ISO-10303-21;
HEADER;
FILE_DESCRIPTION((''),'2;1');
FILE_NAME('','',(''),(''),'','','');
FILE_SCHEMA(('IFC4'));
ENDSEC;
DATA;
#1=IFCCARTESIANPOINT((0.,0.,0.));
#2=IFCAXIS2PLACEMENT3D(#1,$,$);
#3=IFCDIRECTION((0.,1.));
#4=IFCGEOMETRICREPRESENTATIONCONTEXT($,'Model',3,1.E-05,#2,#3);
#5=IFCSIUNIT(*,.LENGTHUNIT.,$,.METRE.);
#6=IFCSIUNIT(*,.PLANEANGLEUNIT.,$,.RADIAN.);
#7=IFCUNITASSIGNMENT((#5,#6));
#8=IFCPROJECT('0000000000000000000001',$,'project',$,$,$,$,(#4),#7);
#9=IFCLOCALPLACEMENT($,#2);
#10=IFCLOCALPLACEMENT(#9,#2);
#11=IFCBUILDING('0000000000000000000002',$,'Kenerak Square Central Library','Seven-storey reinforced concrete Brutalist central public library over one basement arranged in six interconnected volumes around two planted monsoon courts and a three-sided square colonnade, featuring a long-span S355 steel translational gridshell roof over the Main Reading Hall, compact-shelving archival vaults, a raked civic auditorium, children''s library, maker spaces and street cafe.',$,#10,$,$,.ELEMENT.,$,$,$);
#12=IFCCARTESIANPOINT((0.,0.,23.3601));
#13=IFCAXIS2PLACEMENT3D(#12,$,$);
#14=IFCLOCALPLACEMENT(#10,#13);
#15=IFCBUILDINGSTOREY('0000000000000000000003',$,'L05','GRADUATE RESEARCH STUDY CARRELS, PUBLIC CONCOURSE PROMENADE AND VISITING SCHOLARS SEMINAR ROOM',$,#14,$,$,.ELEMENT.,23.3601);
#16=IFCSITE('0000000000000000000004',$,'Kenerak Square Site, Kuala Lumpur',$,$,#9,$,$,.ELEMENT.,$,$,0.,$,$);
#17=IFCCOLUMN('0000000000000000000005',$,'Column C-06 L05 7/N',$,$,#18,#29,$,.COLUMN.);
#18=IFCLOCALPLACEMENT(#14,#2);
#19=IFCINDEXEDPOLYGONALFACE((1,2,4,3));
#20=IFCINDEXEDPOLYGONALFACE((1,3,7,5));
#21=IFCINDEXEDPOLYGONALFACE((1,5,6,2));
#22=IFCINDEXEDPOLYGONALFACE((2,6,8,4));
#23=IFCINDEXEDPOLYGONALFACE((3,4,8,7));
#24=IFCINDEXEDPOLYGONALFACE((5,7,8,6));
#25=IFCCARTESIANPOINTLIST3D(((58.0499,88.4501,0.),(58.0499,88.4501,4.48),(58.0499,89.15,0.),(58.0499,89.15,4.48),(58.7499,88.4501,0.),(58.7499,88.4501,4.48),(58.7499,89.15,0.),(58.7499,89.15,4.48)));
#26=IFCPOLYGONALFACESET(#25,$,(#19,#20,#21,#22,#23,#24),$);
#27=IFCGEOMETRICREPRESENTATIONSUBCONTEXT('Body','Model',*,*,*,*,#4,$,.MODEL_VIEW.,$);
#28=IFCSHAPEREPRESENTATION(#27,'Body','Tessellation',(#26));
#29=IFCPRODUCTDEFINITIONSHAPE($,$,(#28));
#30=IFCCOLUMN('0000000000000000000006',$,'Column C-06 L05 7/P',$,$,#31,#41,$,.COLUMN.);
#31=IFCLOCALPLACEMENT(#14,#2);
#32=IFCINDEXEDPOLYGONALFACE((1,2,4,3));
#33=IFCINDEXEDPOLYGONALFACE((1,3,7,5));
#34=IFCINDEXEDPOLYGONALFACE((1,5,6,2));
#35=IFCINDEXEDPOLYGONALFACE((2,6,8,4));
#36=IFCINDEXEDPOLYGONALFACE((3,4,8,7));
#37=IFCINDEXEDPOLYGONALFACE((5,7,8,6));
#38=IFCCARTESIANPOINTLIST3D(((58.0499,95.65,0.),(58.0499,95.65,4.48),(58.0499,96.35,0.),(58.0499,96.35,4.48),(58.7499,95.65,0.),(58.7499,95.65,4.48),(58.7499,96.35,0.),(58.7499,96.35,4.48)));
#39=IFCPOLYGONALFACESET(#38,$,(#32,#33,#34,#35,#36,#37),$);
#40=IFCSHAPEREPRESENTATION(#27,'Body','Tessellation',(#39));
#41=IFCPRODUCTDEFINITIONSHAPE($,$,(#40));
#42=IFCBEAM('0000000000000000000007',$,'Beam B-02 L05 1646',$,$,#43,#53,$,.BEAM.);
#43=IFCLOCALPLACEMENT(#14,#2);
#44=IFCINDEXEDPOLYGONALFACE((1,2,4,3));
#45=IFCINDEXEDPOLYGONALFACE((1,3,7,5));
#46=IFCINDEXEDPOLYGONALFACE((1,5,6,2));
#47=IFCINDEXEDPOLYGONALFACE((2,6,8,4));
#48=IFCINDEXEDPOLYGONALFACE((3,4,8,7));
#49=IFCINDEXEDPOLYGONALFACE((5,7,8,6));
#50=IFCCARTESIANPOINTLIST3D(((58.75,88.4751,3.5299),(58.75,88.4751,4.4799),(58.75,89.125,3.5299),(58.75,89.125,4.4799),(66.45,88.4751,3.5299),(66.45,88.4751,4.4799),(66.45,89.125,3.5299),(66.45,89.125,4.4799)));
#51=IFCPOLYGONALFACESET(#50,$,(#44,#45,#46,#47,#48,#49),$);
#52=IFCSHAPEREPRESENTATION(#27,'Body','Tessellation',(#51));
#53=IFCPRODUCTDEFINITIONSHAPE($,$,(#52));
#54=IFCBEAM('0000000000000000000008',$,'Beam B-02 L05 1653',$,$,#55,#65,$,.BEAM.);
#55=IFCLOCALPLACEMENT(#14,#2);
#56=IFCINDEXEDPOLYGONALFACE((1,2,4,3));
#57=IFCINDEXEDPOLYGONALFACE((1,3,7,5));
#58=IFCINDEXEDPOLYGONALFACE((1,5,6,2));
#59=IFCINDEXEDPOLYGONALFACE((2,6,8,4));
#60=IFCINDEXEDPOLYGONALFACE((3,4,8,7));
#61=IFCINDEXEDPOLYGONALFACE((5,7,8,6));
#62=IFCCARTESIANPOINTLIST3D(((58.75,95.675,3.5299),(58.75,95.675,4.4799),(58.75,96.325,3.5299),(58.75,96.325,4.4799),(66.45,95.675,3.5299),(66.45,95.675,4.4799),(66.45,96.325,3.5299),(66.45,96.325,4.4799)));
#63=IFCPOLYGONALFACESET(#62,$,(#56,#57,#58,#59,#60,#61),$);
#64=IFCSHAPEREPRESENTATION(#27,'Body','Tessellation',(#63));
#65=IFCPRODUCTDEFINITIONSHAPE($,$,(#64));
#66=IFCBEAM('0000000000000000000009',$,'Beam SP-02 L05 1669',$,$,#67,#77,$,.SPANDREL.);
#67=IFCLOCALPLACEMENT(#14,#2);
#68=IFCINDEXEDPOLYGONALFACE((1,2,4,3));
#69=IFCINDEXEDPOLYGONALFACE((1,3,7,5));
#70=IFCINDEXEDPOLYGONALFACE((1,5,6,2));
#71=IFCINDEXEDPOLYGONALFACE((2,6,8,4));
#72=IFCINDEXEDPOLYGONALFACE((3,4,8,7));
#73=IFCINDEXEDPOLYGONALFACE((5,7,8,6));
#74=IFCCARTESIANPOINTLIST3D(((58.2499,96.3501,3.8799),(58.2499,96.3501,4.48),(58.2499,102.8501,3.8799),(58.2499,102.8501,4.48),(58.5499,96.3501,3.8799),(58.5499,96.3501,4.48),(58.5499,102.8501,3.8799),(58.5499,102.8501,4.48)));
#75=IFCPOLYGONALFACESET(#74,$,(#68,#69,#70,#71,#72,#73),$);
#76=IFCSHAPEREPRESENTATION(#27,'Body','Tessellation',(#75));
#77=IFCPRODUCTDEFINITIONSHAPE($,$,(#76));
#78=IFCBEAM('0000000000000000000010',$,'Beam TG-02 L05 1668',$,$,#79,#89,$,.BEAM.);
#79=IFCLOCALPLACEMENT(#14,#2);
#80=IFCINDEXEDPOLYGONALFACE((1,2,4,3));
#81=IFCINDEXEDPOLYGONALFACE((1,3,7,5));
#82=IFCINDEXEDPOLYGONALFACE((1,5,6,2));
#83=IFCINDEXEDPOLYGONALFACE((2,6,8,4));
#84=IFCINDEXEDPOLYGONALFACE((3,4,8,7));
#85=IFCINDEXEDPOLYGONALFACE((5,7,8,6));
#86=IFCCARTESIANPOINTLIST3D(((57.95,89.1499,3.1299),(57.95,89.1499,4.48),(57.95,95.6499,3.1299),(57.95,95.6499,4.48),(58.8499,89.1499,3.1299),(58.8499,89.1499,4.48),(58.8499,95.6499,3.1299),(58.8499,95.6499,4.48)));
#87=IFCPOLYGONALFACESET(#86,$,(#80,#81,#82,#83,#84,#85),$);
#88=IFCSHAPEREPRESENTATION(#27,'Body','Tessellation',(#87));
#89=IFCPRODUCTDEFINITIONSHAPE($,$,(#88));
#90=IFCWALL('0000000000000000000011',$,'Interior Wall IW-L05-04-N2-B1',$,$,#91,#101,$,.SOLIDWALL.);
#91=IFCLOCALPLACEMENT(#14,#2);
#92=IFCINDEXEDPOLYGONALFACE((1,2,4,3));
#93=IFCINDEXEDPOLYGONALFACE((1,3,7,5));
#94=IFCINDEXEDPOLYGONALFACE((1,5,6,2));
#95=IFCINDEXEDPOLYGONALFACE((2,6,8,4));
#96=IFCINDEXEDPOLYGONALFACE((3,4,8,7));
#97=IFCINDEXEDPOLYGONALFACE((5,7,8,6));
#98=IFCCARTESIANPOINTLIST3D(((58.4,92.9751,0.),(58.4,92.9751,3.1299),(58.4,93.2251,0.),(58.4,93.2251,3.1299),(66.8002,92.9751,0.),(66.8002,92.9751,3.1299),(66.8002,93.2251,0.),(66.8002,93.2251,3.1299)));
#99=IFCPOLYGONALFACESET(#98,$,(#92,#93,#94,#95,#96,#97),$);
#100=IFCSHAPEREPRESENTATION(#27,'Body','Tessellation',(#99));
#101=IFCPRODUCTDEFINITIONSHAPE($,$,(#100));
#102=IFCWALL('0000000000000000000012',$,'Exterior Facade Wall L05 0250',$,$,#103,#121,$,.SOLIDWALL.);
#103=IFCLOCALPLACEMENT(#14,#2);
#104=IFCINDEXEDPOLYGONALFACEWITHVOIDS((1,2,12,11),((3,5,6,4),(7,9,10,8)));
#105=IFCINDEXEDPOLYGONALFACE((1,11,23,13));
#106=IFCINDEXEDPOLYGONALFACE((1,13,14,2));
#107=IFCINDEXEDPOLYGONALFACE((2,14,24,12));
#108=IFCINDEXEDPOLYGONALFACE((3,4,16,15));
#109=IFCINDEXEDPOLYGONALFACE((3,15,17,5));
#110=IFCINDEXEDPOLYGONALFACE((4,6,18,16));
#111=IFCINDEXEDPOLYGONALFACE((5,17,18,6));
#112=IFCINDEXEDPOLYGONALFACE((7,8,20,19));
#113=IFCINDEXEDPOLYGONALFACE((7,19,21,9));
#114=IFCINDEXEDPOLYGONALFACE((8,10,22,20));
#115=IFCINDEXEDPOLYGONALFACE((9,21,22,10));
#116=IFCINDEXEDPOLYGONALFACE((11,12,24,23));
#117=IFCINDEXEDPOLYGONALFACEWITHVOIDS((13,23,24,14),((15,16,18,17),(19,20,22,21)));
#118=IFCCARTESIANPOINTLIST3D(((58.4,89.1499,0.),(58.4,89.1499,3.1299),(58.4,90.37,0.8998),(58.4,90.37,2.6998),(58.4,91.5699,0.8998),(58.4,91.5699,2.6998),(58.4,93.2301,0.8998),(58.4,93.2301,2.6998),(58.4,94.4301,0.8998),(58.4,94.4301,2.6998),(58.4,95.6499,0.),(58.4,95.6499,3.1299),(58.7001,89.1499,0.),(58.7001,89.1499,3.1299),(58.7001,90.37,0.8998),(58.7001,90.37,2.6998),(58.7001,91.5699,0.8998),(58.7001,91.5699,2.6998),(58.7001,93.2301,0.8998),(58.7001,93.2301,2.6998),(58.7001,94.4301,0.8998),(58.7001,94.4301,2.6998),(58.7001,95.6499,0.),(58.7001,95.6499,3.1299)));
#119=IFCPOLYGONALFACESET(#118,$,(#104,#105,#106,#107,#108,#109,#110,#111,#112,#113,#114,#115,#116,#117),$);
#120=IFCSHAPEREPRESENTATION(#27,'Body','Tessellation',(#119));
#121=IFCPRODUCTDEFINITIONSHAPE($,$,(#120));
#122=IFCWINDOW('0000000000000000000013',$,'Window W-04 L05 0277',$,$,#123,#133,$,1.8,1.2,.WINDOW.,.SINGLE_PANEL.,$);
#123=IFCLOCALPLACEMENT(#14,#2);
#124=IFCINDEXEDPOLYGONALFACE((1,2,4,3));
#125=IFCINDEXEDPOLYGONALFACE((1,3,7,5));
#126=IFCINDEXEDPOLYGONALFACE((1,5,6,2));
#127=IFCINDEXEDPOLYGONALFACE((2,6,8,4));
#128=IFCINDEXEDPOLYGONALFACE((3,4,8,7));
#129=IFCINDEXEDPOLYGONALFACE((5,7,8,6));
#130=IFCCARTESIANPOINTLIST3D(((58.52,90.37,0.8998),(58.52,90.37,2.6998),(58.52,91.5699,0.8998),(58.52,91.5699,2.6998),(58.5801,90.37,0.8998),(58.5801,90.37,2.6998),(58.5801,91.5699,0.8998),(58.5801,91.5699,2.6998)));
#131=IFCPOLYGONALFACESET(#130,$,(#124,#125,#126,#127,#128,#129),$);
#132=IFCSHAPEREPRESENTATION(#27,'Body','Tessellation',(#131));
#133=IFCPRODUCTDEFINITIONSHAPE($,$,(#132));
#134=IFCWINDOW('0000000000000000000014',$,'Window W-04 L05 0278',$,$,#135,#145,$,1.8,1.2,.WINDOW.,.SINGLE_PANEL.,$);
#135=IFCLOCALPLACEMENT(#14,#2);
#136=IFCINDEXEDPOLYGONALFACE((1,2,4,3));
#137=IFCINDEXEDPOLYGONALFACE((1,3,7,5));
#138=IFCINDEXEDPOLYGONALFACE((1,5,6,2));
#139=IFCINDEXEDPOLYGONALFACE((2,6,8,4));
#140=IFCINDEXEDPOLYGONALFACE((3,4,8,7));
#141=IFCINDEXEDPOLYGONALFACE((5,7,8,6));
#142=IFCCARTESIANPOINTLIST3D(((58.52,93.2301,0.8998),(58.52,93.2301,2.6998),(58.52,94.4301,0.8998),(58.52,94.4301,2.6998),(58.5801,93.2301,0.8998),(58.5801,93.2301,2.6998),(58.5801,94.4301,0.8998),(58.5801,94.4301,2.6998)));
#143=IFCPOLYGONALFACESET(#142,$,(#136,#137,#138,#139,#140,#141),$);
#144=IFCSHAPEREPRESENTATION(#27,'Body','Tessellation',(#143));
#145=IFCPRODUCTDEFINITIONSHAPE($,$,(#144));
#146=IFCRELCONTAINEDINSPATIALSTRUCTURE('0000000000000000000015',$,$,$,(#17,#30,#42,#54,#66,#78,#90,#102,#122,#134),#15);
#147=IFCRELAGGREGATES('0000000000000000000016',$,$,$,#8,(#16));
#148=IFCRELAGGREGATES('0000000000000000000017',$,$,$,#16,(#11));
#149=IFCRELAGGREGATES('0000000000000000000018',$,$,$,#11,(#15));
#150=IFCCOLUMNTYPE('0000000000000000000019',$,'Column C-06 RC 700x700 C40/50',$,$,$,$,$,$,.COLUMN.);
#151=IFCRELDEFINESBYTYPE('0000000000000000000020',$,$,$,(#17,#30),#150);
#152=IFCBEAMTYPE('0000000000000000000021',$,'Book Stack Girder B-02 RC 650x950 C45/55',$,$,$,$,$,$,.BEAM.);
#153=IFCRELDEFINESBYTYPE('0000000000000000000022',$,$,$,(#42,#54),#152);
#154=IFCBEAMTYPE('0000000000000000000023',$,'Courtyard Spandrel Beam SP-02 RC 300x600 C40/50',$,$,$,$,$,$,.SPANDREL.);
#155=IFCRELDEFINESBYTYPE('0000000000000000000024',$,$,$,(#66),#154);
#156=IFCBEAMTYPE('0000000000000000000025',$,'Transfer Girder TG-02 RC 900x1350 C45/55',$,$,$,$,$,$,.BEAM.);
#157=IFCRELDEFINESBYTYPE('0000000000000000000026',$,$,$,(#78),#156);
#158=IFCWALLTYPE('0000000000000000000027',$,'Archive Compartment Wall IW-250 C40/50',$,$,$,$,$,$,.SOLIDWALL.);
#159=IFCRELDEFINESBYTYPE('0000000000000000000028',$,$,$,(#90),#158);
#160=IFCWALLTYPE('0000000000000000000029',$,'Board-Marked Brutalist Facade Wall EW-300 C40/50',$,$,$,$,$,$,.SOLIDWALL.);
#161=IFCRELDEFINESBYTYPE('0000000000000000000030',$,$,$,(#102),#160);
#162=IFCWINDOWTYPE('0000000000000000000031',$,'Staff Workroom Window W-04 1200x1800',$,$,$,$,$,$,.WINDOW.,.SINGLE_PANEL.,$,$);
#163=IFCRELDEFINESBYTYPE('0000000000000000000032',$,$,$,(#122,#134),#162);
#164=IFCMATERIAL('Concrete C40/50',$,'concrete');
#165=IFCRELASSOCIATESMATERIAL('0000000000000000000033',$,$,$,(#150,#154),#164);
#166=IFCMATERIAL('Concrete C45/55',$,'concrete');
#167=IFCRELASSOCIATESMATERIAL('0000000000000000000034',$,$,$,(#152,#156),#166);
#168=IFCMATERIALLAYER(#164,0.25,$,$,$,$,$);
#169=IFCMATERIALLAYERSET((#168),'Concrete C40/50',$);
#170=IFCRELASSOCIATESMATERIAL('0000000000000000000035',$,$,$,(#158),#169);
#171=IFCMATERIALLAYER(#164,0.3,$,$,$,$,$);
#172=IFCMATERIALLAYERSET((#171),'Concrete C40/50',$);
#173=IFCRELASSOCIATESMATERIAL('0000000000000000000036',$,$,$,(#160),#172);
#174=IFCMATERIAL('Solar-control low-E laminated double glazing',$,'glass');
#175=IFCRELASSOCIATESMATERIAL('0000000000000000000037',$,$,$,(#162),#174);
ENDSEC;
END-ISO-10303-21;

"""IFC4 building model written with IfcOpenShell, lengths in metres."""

from ifc_helpers import new_model, si_unit, direction, frame, frame_2d, origin, origin_2d, place, context, subcontext, project, spatial, rectangle, extrude, material, layer, layer_set, material_profile, profile_set, type_object, element, fill, save


model = new_model("IFC4")

# Units and contexts
model_context = context("Model", 3, precision=1e-05, world=origin(), true_north=direction((0.0, 1.0)))
body_context = subcontext(model_context, "Body", "Model", "MODEL_VIEW")
ifc_project = project(units=[si_unit("LENGTHUNIT", "METRE"), si_unit("PLANEANGLEUNIT", "RADIAN")], contexts=[model_context])

# Site, building, storey
site_placement = place(None, origin())
site = spatial("IfcSite", under=ifc_project, at=site_placement, Name="Kenerak Square Site, Kuala Lumpur", CompositionType="ELEMENT", RefElevation=0.0)
building_placement = place(site_placement, origin())
building = spatial("IfcBuilding", under=site, at=building_placement, Name="Kenerak Square Central Library", Description="Seven-storey reinforced concrete Brutalist central public library over one basement arranged in six interconnected volumes around two planted monsoon courts and a three-sided square colonnade, featuring a long-span S355 steel translational gridshell roof over the Main Reading Hall, compact-shelving archival vaults, a raked civic auditorium, children's library, maker spaces and street cafe.", CompositionType="ELEMENT")
storey_placement = place(building_placement, frame((0.0, 0.0, 23.3601)))
storey = spatial("IfcBuildingStorey", under=building, at=storey_placement, Name="L05", Description="GRADUATE RESEARCH STUDY CARRELS, PUBLIC CONCOURSE PROMENADE AND VISITING SCHOLARS SEMINAR ROOM", CompositionType="ELEMENT", Elevation=23.3601)

# Columns
ifc_material_1 = material(Name="Concrete C40/50", Category="concrete")
ifc_material_profile_1 = material_profile(ifc_material_1, rectangle(XDim=0.7, YDim=0.7, at=origin_2d()), Name="RC 700x700")
ifc_profile_set_1 = profile_set([ifc_material_profile_1], Name="Concrete C40/50")
column_type = type_object("IfcColumnType", Name="Column C-06 RC 700x700 C40/50", PredefinedType="COLUMN", material=ifc_profile_set_1)
for number, where, z_axis, x_axis, name in (
    (1, (58.3999, 88.8, 0.0), (0.0, 0.0, 1.0), (1.0, 0.0, 0.0), "Column C-06 L05 7/N"),
    (2, (58.3999, 96.0, 0.0), (0.0, 0.0, 1.0), (1.0, 0.0, 0.0), "Column C-06 L05 7/P"),
):
    element("IfcColumn", number, at=place(storey_placement, frame(where, z_axis=z_axis, x_axis=x_axis)), inside=storey, type_object=column_type, Name=name, PredefinedType="COLUMN", context=body_context, shape_type="SweptSolid", body=[
        extrude(rectangle(XDim=0.7, YDim=0.7, at=origin_2d()), origin(), (0.0, 0.0, 1.0), 4.48),
    ])

# Beams
ifc_material_2 = material(Name="Concrete C45/55", Category="concrete")
ifc_material_profile_2 = material_profile(ifc_material_2, rectangle(XDim=0.6499, YDim=0.95, at=origin_2d()), Name="RC 650x950")
ifc_profile_set_2 = profile_set([ifc_material_profile_2], Name="Concrete C45/55")
beam_type_1 = type_object("IfcBeamType", Name="Book Stack Girder B-02 RC 650x950 C45/55", PredefinedType="BEAM", material=ifc_profile_set_2)
for number, where, z_axis, x_axis, name in (
    (3, (58.75, 88.8, 4.0049), (1.0, 0.0, 0.0), (0.0, 1.0, 0.0), "Beam B-02 L05 1646"),
    (4, (58.75, 96.0, 4.0049), (1.0, 0.0, 0.0), (0.0, 1.0, 0.0), "Beam B-02 L05 1653"),
):
    element("IfcBeam", number, at=place(storey_placement, frame(where, z_axis=z_axis, x_axis=x_axis)), inside=storey, type_object=beam_type_1, Name=name, PredefinedType="BEAM", context=body_context, shape_type="SweptSolid", body=[
        extrude(rectangle(XDim=0.6499, YDim=0.95, at=origin_2d()), origin(), (0.0, 0.0, 1.0), 7.7),
    ])
ifc_material_profile_3 = material_profile(ifc_material_1, rectangle(XDim=0.3, YDim=0.6001, at=origin_2d()), Name="RC 300x600")
ifc_profile_set_3 = profile_set([ifc_material_profile_3], Name="Concrete C40/50")
beam_type_2 = type_object("IfcBeamType", Name="Courtyard Spandrel Beam SP-02 RC 300x600 C40/50", PredefinedType="SPANDREL", material=ifc_profile_set_3)
beam_1_placement = place(storey_placement, frame((58.3999, 96.3501, 4.1799), z_axis=(0.0, 1.0, 0.0), x_axis=(-1.0, 0.0, 0.0)))
element("IfcBeam", 5, at=beam_1_placement, inside=storey, type_object=beam_type_2, Name="Beam SP-02 L05 1669", PredefinedType="SPANDREL", context=body_context, shape_type="SweptSolid", body=[
    extrude(rectangle(XDim=0.3, YDim=0.6001, at=origin_2d()), origin(), (0.0, 0.0, 1.0), 6.5),
])
ifc_material_profile_4 = material_profile(ifc_material_2, rectangle(XDim=0.8999, YDim=1.3501, at=origin_2d()), Name="RC 900x1350")
ifc_profile_set_4 = profile_set([ifc_material_profile_4], Name="Concrete C45/55")
beam_type_3 = type_object("IfcBeamType", Name="Transfer Girder TG-02 RC 900x1350 C45/55", PredefinedType="BEAM", material=ifc_profile_set_4)
beam_2_placement = place(storey_placement, frame((58.3999, 89.1499, 3.8049), z_axis=(0.0, 1.0, 0.0), x_axis=(-1.0, 0.0, 0.0)))
element("IfcBeam", 6, at=beam_2_placement, inside=storey, type_object=beam_type_3, Name="Beam TG-02 L05 1668", PredefinedType="BEAM", context=body_context, shape_type="SweptSolid", body=[
    extrude(rectangle(XDim=0.8999, YDim=1.3501, at=origin_2d()), origin(), (0.0, 0.0, 1.0), 6.5),
])

# Wall
ifc_layer_1 = layer(ifc_material_1, 0.25)
ifc_layer_set_1 = layer_set([ifc_layer_1], Name="Concrete C40/50")
wall_type_1 = type_object("IfcWallType", Name="Archive Compartment Wall IW-250 C40/50", PredefinedType="SOLIDWALL", material=ifc_layer_set_1)
wall_1_placement = place(storey_placement, frame((58.3999, 93.1001, 0.0), z_axis=(0.0, 0.0, 1.0), x_axis=(1.0, 0.0, 0.0)))
element("IfcWall", 7, at=wall_1_placement, inside=storey, type_object=wall_type_1, Name="Interior Wall IW-L05-04-N2-B1", PredefinedType="SOLIDWALL", context=body_context, shape_type="SweptSolid", body=[
    extrude(rectangle(XDim=8.4001, YDim=0.25, at=frame_2d((4.2002, 0.0))), origin(), (0.0, 0.0, 1.0), 3.1299),
])

# Wall, openings, windows
ifc_layer_2 = layer(ifc_material_1, 0.3)
ifc_layer_set_2 = layer_set([ifc_layer_2], Name="Concrete C40/50")
wall_type_2 = type_object("IfcWallType", Name="Board-Marked Brutalist Facade Wall EW-300 C40/50", PredefinedType="SOLIDWALL", material=ifc_layer_set_2)
wall_2_placement = place(storey_placement, frame((58.55, 89.1499, 0.0), z_axis=(0.0, 0.0, 1.0), x_axis=(0.0, 1.0, 0.0)))
wall_2 = element("IfcWall", 8, at=wall_2_placement, inside=storey, type_object=wall_type_2, Name="Exterior Facade Wall L05 0250", PredefinedType="SOLIDWALL", context=body_context, shape_type="SweptSolid", body=[
    extrude(rectangle(XDim=6.5, YDim=0.3, at=frame_2d((3.25, 0.0))), origin(), (0.0, 0.0, 1.0), 3.1299),
])
opening_1_placement = place(wall_2_placement, frame((1.22, 0.0, 0.8999)))
opening_1 = element("IfcOpeningElement", 9, at=opening_1_placement, cuts=wall_2, PredefinedType="OPENING", context=body_context, shape_type="SweptSolid", body=[
    extrude(rectangle(XDim=1.2, YDim=1.8, at=frame_2d((0.6001, 0.8999))), frame((0.0, 0.1599, 0.0), z_axis=(0.0, -1.0, 0.0), x_axis=(1.0, 0.0, 0.0)), (0.0, 0.0, 1.0), 0.3201),
])
opening_2_placement = place(wall_2_placement, frame((4.0801, 0.0, 0.8999)))
opening_2 = element("IfcOpeningElement", 10, at=opening_2_placement, cuts=wall_2, PredefinedType="OPENING", context=body_context, shape_type="SweptSolid", body=[
    extrude(rectangle(XDim=1.2, YDim=1.8, at=frame_2d((0.6001, 0.8999))), frame((0.0, 0.1599, 0.0), z_axis=(0.0, -1.0, 0.0), x_axis=(1.0, 0.0, 0.0)), (0.0, 0.0, 1.0), 0.3201),
])
ifc_material_3 = material(Name="Solar-control low-E laminated double glazing", Category="glass")
window_type_1 = type_object("IfcWindowType", Name="Staff Workroom Window W-04 1200x1800", PartitioningType="SINGLE_PANEL", PredefinedType="WINDOW", material=ifc_material_3)
window_1_placement = place(opening_1_placement, origin())
window_1 = element("IfcWindow", 11, at=window_1_placement, inside=storey, type_object=window_type_1, Name="Window W-04 L05 0277", OverallHeight=1.8, OverallWidth=1.2, PartitioningType="SINGLE_PANEL", PredefinedType="WINDOW", context=body_context, shape_type="SweptSolid", body=[
    extrude(rectangle(XDim=1.2, YDim=1.8, at=frame_2d((0.6001, 0.8999))), frame((0.0, 0.03, 0.0), z_axis=(0.0, -1.0, 0.0), x_axis=(1.0, 0.0, 0.0)), (0.0, 0.0, 1.0), 0.0601),
])
fill(opening_1, window_1)
window_2_placement = place(opening_2_placement, origin())
window_2 = element("IfcWindow", 12, at=window_2_placement, inside=storey, type_object=window_type_1, Name="Window W-04 L05 0278", OverallHeight=1.8, OverallWidth=1.2, PartitioningType="SINGLE_PANEL", PredefinedType="WINDOW", context=body_context, shape_type="SweptSolid", body=[
    extrude(rectangle(XDim=1.2, YDim=1.8, at=frame_2d((0.6001, 0.8999))), frame((0.0, 0.03, 0.0), z_axis=(0.0, -1.0, 0.0), x_axis=(1.0, 0.0, 0.0)), (0.0, 0.0, 1.0), 0.0601),
])
fill(opening_2, window_2)

save(model, "model.ifc")
